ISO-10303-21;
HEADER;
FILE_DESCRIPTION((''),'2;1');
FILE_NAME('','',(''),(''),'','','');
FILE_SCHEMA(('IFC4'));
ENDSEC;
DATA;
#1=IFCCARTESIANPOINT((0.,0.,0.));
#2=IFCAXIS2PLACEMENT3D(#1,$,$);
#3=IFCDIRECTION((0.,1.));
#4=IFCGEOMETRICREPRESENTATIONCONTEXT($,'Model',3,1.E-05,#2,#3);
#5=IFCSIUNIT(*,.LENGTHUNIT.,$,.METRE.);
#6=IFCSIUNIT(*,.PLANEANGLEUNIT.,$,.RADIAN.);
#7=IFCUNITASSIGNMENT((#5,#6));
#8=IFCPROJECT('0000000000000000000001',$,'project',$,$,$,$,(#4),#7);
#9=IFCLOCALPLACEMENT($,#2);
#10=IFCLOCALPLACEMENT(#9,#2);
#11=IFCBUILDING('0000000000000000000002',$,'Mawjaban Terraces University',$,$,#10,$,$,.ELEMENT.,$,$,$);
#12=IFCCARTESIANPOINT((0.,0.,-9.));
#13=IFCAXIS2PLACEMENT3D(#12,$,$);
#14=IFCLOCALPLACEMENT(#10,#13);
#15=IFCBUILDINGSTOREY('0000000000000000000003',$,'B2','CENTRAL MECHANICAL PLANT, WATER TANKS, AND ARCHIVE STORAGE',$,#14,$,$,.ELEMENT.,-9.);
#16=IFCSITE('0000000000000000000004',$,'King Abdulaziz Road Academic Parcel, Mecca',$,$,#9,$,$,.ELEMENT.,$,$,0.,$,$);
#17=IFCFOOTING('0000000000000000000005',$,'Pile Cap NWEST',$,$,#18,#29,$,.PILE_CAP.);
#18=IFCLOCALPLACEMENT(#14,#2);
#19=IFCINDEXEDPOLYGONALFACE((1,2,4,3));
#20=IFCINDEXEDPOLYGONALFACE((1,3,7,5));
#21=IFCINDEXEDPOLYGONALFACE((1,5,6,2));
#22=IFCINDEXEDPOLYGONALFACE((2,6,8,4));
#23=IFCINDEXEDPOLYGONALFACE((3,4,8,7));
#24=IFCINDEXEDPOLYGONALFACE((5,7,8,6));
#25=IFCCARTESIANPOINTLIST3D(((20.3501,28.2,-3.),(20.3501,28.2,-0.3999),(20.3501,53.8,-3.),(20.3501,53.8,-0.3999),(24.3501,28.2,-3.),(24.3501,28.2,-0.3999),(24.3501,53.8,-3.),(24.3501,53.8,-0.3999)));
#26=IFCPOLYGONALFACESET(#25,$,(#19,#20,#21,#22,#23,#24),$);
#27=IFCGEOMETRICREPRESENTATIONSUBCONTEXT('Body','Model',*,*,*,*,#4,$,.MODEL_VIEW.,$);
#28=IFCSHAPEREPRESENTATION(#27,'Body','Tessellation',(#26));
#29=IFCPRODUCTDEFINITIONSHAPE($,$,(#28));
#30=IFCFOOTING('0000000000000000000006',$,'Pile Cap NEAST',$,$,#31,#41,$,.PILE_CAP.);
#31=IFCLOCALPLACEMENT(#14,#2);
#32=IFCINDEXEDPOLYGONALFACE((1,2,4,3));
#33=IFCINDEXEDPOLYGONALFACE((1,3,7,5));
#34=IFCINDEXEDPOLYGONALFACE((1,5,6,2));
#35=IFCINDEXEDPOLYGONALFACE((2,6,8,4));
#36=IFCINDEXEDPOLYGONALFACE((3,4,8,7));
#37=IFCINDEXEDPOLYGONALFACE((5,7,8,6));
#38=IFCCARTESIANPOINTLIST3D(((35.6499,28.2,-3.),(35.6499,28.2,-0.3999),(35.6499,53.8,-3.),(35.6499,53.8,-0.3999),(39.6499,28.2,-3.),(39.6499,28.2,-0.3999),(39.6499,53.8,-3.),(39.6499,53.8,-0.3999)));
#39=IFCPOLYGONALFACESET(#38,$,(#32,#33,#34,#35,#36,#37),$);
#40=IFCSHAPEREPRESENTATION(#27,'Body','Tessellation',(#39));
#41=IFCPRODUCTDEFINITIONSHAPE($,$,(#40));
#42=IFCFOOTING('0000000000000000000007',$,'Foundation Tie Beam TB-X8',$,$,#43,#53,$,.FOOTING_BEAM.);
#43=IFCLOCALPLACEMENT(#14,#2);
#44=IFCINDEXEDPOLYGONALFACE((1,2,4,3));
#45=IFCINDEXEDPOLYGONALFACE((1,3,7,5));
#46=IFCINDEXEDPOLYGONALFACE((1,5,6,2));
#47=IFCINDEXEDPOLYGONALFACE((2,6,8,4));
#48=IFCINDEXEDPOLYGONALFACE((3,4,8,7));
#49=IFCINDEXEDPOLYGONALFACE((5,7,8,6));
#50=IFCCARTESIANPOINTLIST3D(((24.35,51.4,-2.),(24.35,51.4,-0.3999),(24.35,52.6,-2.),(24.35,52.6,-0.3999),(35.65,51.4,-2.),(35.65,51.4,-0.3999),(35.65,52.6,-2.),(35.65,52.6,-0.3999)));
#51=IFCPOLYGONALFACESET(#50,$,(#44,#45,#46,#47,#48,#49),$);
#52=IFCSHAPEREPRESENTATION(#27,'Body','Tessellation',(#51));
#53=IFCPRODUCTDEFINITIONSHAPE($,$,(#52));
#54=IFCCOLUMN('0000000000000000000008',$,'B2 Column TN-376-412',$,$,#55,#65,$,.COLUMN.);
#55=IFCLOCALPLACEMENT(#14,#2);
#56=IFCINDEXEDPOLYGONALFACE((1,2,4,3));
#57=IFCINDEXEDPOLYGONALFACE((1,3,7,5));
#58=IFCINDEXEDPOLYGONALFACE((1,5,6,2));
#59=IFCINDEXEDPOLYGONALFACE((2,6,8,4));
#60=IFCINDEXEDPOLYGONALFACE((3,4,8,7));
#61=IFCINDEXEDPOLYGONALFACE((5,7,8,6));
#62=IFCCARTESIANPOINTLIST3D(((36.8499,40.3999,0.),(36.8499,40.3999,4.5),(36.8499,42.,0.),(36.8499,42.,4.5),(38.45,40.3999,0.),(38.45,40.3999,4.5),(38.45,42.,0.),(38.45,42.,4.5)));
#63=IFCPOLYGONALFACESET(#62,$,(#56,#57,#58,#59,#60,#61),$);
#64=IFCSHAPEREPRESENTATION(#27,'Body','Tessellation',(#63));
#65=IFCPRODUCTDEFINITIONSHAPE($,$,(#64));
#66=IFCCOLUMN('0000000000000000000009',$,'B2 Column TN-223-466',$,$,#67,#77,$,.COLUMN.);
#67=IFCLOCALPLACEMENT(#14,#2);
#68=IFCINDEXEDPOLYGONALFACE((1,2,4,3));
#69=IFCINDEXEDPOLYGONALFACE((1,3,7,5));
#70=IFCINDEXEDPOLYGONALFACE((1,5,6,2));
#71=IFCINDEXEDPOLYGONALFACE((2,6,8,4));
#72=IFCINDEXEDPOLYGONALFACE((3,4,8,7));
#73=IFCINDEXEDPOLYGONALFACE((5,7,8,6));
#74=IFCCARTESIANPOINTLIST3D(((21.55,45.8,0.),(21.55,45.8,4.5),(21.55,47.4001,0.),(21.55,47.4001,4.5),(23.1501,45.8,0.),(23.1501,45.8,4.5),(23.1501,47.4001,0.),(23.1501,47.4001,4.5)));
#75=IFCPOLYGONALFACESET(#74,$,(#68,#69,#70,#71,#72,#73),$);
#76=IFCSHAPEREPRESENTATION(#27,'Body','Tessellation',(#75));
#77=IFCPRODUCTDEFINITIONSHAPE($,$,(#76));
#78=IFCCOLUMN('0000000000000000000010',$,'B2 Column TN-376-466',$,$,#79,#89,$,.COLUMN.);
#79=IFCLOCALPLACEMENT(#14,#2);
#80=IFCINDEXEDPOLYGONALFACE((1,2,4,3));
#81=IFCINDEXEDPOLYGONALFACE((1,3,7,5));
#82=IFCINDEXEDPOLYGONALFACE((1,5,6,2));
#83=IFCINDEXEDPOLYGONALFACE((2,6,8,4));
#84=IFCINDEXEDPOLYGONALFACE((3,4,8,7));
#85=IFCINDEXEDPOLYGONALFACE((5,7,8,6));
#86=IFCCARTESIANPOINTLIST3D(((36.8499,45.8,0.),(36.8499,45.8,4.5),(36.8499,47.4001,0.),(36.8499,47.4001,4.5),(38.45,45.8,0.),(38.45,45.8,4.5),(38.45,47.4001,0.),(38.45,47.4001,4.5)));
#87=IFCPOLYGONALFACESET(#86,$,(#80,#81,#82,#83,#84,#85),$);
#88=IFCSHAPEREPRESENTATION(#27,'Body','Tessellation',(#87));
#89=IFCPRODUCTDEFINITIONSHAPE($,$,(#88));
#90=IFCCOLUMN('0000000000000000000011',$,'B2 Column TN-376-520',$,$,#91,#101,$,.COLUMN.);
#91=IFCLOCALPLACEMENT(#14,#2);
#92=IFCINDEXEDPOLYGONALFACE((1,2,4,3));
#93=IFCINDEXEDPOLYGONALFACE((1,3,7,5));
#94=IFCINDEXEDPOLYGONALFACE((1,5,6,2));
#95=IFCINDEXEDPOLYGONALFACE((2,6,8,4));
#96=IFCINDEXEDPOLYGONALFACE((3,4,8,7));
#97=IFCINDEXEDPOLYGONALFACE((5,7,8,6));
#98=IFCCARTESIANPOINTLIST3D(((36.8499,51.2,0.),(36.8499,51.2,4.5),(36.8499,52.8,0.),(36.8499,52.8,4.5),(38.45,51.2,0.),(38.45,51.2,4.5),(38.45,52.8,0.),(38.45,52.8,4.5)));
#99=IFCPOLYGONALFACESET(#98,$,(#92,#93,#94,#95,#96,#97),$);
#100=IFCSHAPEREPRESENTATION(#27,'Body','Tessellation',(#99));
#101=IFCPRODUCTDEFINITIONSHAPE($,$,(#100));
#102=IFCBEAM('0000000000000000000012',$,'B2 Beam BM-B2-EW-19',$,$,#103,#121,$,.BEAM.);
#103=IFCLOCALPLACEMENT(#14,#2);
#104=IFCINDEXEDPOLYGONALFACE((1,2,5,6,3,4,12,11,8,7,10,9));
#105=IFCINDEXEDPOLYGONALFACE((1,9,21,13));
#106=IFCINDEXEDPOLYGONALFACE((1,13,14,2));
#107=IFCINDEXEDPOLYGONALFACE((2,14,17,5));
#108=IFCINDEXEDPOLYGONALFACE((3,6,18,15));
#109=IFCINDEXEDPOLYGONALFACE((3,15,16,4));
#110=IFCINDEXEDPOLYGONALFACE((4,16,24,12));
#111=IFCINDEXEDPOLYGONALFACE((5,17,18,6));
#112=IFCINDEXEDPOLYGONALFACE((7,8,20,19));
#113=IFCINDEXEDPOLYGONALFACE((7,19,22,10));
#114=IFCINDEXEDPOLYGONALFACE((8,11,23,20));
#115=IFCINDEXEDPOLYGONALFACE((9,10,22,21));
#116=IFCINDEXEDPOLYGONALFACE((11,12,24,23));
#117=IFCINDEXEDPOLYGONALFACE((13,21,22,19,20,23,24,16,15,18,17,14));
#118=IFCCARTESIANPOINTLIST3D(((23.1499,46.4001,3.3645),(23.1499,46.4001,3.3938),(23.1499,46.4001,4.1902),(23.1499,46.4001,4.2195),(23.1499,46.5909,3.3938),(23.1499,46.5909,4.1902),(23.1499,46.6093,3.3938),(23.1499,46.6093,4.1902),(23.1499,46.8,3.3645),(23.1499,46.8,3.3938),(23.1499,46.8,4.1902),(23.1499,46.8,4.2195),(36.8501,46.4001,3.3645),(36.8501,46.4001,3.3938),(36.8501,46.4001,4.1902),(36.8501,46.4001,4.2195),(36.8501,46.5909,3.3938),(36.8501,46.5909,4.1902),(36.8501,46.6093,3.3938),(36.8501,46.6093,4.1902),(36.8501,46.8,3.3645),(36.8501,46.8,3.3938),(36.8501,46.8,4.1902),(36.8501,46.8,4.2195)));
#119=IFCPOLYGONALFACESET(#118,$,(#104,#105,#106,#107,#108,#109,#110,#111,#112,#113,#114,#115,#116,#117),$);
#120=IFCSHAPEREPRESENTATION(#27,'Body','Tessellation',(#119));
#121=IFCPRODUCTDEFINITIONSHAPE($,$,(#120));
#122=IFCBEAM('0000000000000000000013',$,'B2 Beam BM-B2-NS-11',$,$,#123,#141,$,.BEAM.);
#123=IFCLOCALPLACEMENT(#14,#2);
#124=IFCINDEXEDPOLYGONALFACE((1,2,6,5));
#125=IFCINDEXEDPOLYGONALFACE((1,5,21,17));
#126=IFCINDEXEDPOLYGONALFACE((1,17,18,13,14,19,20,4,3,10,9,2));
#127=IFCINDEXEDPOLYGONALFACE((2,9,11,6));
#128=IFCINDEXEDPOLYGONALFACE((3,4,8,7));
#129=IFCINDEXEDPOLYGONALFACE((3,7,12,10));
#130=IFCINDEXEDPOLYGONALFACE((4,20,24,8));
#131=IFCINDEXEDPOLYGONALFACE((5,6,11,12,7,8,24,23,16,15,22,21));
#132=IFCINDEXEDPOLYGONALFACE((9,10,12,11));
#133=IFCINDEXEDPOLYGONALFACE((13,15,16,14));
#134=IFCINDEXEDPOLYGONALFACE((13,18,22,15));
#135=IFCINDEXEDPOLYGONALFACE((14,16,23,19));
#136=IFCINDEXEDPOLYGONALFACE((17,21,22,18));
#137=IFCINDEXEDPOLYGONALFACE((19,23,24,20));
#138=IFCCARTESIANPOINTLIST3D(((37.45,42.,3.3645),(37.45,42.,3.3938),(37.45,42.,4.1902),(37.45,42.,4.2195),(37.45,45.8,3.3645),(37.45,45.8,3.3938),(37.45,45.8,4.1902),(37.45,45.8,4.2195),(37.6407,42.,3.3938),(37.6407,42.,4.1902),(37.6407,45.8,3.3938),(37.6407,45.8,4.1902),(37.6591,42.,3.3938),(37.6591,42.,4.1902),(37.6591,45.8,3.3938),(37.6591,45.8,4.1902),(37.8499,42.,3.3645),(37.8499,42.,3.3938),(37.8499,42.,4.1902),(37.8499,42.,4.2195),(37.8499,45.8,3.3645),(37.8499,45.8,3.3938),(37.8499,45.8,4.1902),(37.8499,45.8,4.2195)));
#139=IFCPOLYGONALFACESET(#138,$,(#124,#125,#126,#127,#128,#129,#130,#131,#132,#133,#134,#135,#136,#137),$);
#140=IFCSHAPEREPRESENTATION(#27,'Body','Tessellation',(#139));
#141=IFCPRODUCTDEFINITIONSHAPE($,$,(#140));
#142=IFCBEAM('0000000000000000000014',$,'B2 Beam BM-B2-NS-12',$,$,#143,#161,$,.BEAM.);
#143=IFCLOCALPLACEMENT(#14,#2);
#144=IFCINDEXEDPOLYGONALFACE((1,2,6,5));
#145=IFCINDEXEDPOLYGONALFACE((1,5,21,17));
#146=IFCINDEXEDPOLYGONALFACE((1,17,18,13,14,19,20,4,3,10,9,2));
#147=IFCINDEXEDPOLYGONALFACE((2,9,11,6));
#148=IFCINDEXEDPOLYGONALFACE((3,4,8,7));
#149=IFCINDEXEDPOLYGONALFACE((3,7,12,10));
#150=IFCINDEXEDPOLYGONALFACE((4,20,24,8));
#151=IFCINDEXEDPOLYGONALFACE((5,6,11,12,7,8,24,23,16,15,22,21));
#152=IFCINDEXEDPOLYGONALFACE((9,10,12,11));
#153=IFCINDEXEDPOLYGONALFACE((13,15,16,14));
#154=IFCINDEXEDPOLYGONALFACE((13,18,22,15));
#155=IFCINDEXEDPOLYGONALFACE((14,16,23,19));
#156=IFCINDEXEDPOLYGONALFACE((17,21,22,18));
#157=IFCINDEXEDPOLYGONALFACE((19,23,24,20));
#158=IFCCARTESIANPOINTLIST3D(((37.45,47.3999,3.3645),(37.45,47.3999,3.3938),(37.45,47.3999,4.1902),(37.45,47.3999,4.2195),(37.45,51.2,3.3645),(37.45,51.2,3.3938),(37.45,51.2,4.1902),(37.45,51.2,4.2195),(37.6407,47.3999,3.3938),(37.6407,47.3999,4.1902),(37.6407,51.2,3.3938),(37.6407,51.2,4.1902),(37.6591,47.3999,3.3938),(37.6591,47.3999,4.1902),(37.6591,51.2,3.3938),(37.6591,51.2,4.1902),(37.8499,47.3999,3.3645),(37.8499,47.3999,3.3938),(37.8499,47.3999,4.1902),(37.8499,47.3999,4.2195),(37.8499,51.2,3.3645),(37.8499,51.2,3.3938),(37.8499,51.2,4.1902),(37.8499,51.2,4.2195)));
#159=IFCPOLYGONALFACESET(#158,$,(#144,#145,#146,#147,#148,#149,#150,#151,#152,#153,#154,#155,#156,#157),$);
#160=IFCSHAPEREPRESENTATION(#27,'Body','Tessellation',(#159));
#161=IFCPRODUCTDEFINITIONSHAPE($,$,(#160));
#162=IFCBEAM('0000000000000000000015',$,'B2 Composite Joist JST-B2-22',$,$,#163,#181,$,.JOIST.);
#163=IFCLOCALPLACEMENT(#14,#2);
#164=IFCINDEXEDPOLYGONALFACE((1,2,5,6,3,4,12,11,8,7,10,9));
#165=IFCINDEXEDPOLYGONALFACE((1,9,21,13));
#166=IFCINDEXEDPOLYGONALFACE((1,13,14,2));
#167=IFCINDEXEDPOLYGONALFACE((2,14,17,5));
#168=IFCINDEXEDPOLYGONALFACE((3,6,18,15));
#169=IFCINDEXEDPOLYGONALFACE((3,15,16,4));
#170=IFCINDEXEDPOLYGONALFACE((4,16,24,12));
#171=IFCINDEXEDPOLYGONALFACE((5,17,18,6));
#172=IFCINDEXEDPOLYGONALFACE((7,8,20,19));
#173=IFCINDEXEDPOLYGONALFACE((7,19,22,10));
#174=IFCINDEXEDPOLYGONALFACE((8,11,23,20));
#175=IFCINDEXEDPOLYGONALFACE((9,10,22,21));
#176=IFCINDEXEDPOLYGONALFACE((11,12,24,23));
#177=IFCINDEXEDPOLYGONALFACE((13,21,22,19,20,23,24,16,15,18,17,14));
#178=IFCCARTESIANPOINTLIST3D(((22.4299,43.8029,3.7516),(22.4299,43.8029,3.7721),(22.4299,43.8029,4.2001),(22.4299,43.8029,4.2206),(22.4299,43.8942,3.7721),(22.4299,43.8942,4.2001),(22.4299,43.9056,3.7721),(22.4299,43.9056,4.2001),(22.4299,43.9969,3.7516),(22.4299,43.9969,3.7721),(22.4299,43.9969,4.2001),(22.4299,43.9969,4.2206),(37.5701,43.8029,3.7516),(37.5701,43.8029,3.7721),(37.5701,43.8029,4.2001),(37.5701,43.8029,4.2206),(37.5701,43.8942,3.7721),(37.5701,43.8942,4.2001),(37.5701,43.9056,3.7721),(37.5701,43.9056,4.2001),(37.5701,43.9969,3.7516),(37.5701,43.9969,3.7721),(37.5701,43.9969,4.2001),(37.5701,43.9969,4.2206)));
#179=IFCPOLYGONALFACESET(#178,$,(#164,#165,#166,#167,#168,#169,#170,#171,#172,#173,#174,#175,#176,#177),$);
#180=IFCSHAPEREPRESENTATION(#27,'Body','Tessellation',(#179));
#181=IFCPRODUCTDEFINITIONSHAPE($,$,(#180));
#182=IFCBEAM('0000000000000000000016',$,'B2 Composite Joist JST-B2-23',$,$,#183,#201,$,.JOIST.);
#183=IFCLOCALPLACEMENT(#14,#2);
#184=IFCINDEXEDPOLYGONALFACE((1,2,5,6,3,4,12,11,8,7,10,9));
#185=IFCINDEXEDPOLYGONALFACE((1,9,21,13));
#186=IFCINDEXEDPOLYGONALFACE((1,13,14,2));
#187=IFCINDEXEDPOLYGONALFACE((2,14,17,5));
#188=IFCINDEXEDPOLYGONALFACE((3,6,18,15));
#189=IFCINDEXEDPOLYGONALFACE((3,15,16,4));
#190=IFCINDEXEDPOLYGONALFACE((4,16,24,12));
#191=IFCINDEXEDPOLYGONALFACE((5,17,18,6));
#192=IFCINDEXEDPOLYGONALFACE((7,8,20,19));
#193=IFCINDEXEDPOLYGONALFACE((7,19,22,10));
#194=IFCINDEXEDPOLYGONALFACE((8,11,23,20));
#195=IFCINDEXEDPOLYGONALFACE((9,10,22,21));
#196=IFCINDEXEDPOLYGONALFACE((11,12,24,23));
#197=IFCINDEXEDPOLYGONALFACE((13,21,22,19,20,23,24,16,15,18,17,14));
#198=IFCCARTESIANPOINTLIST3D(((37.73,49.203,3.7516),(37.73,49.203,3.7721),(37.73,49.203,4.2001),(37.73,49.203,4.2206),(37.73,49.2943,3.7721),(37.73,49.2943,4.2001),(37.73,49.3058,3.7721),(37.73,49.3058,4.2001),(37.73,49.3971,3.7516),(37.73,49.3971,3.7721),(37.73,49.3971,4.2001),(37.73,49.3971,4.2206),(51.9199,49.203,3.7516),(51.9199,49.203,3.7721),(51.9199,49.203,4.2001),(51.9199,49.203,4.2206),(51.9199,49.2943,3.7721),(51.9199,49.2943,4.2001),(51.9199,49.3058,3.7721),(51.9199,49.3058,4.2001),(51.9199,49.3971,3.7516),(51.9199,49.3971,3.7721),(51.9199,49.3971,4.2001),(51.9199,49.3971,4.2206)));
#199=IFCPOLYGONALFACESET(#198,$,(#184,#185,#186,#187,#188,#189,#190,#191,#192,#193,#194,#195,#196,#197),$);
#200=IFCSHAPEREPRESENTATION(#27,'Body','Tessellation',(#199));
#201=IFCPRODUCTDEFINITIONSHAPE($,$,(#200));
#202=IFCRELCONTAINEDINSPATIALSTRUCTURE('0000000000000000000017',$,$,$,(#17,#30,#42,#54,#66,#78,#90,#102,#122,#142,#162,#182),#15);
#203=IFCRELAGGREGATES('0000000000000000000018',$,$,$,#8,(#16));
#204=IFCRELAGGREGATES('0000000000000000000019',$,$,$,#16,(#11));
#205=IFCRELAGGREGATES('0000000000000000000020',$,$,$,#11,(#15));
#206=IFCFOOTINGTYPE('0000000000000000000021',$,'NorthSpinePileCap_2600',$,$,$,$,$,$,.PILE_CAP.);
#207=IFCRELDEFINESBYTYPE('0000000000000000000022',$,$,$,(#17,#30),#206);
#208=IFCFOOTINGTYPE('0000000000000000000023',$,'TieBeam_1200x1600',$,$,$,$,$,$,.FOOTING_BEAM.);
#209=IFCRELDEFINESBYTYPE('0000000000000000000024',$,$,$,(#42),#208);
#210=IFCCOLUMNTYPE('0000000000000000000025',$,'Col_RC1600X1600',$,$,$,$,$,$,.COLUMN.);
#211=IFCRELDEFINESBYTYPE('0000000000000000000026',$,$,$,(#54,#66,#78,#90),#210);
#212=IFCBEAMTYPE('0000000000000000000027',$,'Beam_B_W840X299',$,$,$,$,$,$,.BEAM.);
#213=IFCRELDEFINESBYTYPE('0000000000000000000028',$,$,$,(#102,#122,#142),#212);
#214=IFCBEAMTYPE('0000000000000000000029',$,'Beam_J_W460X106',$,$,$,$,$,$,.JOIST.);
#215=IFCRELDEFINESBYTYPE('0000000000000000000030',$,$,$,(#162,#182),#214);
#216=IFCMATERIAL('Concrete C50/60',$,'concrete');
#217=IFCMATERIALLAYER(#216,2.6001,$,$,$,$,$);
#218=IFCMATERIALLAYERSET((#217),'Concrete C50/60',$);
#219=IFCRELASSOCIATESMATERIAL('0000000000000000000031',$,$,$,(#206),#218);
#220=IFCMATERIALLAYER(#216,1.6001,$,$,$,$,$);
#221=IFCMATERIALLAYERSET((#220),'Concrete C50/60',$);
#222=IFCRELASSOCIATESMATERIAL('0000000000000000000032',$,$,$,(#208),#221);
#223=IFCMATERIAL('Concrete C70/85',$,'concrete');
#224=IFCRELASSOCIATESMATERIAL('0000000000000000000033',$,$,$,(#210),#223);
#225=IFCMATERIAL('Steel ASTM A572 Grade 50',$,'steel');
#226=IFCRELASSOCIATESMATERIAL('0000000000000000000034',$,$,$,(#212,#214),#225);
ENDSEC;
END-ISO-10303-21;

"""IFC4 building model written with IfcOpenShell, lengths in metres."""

from ifc_helpers import new_model, si_unit, direction, frame, origin, origin_2d, place, context, subcontext, project, spatial, rectangle, i_section, extrude, material, layer, layer_set, material_profile, profile_set, type_object, element, save


model = new_model("IFC4")

# Units and contexts
model_context = context("Model", 3, precision=1e-05, world=origin(), true_north=direction((0.0, 1.0)))
body_context = subcontext(model_context, "Body", "Model", "MODEL_VIEW")
ifc_project = project(units=[si_unit("LENGTHUNIT", "METRE"), si_unit("PLANEANGLEUNIT", "RADIAN")], contexts=[model_context])

# Site, building, storey
site_placement = place(None, origin())
site = spatial("IfcSite", under=ifc_project, at=site_placement, Name="King Abdulaziz Road Academic Parcel, Mecca", CompositionType="ELEMENT", RefElevation=0.0)
building_placement = place(site_placement, origin())
building = spatial("IfcBuilding", under=site, at=building_placement, Name="Mawjaban Terraces University", CompositionType="ELEMENT")
storey_placement = place(building_placement, frame((0.0, 0.0, -9.0)))
storey = spatial("IfcBuildingStorey", under=building, at=storey_placement, Name="B2", Description="CENTRAL MECHANICAL PLANT, WATER TANKS, AND ARCHIVE STORAGE", CompositionType="ELEMENT", Elevation=-9.0)

# Shared definitions
ifc_material_1 = material(Name="Concrete C50/60", Category="concrete")

# Footings
ifc_layer_1 = layer(ifc_material_1, 2.6001)
ifc_layer_set_1 = layer_set([ifc_layer_1], Name="Concrete C50/60")
footing_type_1 = type_object("IfcFootingType", Name="NorthSpinePileCap_2600", PredefinedType="PILE_CAP", material=ifc_layer_set_1)
for number, where, z_axis, x_axis, name in (
    (1, (22.3501, 41.0, -3.0), (0.0, 0.0, 1.0), (1.0, 0.0, 0.0), "Pile Cap NWEST"),
    (2, (37.6499, 41.0, -3.0), (0.0, 0.0, 1.0), (1.0, 0.0, 0.0), "Pile Cap NEAST"),
):
    element("IfcFooting", number, at=place(storey_placement, frame(where, z_axis=z_axis, x_axis=x_axis)), inside=storey, type_object=footing_type_1, Name=name, PredefinedType="PILE_CAP", context=body_context, shape_type="SweptSolid", body=[
        extrude(rectangle(XDim=4.0, YDim=25.6001, at=origin_2d()), origin(), (0.0, 0.0, 1.0), 2.6001),
    ])
ifc_layer_2 = layer(ifc_material_1, 1.6001)
ifc_layer_set_2 = layer_set([ifc_layer_2], Name="Concrete C50/60")
footing_type_2 = type_object("IfcFootingType", Name="TieBeam_1200x1600", PredefinedType="FOOTING_BEAM", material=ifc_layer_set_2)
footing_placement = place(storey_placement, frame((30.0, 52.0, -2.0), z_axis=(0.0, 0.0, 1.0), x_axis=(1.0, 0.0, 0.0)))
element("IfcFooting", 3, at=footing_placement, inside=storey, type_object=footing_type_2, Name="Foundation Tie Beam TB-X8", PredefinedType="FOOTING_BEAM", context=body_context, shape_type="SweptSolid", body=[
    extrude(rectangle(XDim=11.3, YDim=1.2, at=origin_2d()), origin(), (0.0, 0.0, 1.0), 1.6001),
])

# Columns
ifc_material_2 = material(Name="Concrete C70/85", Category="concrete")
ifc_material_profile_1 = material_profile(ifc_material_2, rectangle(XDim=1.6001, YDim=1.6001, at=origin_2d()), Name="RC1600X1600")
ifc_profile_set_1 = profile_set([ifc_material_profile_1], Name="Concrete C70/85")
column_type = type_object("IfcColumnType", Name="Col_RC1600X1600", PredefinedType="COLUMN", material=ifc_profile_set_1)
for number, where, z_axis, x_axis, name in (
    (4, (37.6499, 41.2, 0.0), (0.0, 0.0, 1.0), (1.0, 0.0, 0.0), "B2 Column TN-376-412"),
    (5, (22.3501, 46.6001, 0.0), (0.0, 0.0, 1.0), (1.0, 0.0, 0.0), "B2 Column TN-223-466"),
    (6, (37.6499, 46.6001, 0.0), (0.0, 0.0, 1.0), (1.0, 0.0, 0.0), "B2 Column TN-376-466"),
    (7, (37.6499, 52.0, 0.0), (0.0, 0.0, 1.0), (1.0, 0.0, 0.0), "B2 Column TN-376-520"),
):
    element("IfcColumn", number, at=place(storey_placement, frame(where, z_axis=z_axis, x_axis=x_axis)), inside=storey, type_object=column_type, Name=name, PredefinedType="COLUMN", context=body_context, shape_type="SweptSolid", body=[
        extrude(rectangle(XDim=1.6001, YDim=1.6001, at=origin_2d()), origin(), (0.0, 0.0, 1.0), 4.5),
    ])

# Beams
ifc_material_3 = material(Name="Steel ASTM A572 Grade 50", Category="steel")
ifc_material_profile_2 = material_profile(ifc_material_3, i_section(OverallWidth=0.3999, OverallDepth=0.855, WebThickness=0.0183, FlangeThickness=0.0293, at=origin_2d()), Name="W840X299")
ifc_profile_set_2 = profile_set([ifc_material_profile_2], Name="Steel ASTM A572 Grade 50")
beam_type_1 = type_object("IfcBeamType", Name="Beam_B_W840X299", PredefinedType="BEAM", material=ifc_profile_set_2)
beam_1_placement = place(storey_placement, frame((23.1499, 46.6001, 3.792), z_axis=(1.0, 0.0, 0.0), x_axis=(0.0, 1.0, 0.0)))
element("IfcBeam", 8, at=beam_1_placement, inside=storey, type_object=beam_type_1, Name="B2 Beam BM-B2-EW-19", PredefinedType="BEAM", context=body_context, shape_type="SweptSolid", body=[
    extrude(i_section(OverallWidth=0.3999, OverallDepth=0.855, WebThickness=0.0183, FlangeThickness=0.0293, at=origin_2d()), origin(), (0.0, 0.0, 1.0), 13.7002),
])
for number, where, z_axis, x_axis, name in (
    (9, (37.6499, 42.0, 3.792), (0.0, 1.0, 0.0), (-1.0, 0.0, 0.0), "B2 Beam BM-B2-NS-11"),
    (10, (37.6499, 47.3999, 3.792), (0.0, 1.0, 0.0), (-1.0, 0.0, 0.0), "B2 Beam BM-B2-NS-12"),
):
    element("IfcBeam", number, at=place(storey_placement, frame(where, z_axis=z_axis, x_axis=x_axis)), inside=storey, type_object=beam_type_1, Name=name, PredefinedType="BEAM", context=body_context, shape_type="SweptSolid", body=[
        extrude(i_section(OverallWidth=0.3999, OverallDepth=0.855, WebThickness=0.0183, FlangeThickness=0.0293, at=origin_2d()), origin(), (0.0, 0.0, 1.0), 3.8),
    ])
ifc_material_profile_3 = material_profile(ifc_material_3, i_section(OverallWidth=0.1941, OverallDepth=0.469, WebThickness=0.0115, FlangeThickness=0.0205, at=origin_2d()), Name="W460X106")
ifc_profile_set_3 = profile_set([ifc_material_profile_3], Name="Steel ASTM A572 Grade 50")
beam_type_2 = type_object("IfcBeamType", Name="Beam_J_W460X106", PredefinedType="JOIST", material=ifc_profile_set_3)
beam_2_placement = place(storey_placement, frame((22.4299, 43.8999, 3.9861), z_axis=(1.0, 0.0, 0.0), x_axis=(0.0, 1.0, 0.0)))
element("IfcBeam", 11, at=beam_2_placement, inside=storey, type_object=beam_type_2, Name="B2 Composite Joist JST-B2-22", PredefinedType="JOIST", context=body_context, shape_type="SweptSolid", body=[
    extrude(i_section(OverallWidth=0.1941, OverallDepth=0.469, WebThickness=0.0115, FlangeThickness=0.0205, at=origin_2d()), origin(), (0.0, 0.0, 1.0), 15.1401),
])
beam_3_placement = place(storey_placement, frame((37.73, 49.3, 3.9861), z_axis=(1.0, 0.0, 0.0), x_axis=(0.0, 1.0, 0.0)))
element("IfcBeam", 12, at=beam_3_placement, inside=storey, type_object=beam_type_2, Name="B2 Composite Joist JST-B2-23", PredefinedType="JOIST", context=body_context, shape_type="SweptSolid", body=[
    extrude(i_section(OverallWidth=0.1941, OverallDepth=0.469, WebThickness=0.0115, FlangeThickness=0.0205, at=origin_2d()), origin(), (0.0, 0.0, 1.0), 14.1899),
])

save(model, "model.ifc")
